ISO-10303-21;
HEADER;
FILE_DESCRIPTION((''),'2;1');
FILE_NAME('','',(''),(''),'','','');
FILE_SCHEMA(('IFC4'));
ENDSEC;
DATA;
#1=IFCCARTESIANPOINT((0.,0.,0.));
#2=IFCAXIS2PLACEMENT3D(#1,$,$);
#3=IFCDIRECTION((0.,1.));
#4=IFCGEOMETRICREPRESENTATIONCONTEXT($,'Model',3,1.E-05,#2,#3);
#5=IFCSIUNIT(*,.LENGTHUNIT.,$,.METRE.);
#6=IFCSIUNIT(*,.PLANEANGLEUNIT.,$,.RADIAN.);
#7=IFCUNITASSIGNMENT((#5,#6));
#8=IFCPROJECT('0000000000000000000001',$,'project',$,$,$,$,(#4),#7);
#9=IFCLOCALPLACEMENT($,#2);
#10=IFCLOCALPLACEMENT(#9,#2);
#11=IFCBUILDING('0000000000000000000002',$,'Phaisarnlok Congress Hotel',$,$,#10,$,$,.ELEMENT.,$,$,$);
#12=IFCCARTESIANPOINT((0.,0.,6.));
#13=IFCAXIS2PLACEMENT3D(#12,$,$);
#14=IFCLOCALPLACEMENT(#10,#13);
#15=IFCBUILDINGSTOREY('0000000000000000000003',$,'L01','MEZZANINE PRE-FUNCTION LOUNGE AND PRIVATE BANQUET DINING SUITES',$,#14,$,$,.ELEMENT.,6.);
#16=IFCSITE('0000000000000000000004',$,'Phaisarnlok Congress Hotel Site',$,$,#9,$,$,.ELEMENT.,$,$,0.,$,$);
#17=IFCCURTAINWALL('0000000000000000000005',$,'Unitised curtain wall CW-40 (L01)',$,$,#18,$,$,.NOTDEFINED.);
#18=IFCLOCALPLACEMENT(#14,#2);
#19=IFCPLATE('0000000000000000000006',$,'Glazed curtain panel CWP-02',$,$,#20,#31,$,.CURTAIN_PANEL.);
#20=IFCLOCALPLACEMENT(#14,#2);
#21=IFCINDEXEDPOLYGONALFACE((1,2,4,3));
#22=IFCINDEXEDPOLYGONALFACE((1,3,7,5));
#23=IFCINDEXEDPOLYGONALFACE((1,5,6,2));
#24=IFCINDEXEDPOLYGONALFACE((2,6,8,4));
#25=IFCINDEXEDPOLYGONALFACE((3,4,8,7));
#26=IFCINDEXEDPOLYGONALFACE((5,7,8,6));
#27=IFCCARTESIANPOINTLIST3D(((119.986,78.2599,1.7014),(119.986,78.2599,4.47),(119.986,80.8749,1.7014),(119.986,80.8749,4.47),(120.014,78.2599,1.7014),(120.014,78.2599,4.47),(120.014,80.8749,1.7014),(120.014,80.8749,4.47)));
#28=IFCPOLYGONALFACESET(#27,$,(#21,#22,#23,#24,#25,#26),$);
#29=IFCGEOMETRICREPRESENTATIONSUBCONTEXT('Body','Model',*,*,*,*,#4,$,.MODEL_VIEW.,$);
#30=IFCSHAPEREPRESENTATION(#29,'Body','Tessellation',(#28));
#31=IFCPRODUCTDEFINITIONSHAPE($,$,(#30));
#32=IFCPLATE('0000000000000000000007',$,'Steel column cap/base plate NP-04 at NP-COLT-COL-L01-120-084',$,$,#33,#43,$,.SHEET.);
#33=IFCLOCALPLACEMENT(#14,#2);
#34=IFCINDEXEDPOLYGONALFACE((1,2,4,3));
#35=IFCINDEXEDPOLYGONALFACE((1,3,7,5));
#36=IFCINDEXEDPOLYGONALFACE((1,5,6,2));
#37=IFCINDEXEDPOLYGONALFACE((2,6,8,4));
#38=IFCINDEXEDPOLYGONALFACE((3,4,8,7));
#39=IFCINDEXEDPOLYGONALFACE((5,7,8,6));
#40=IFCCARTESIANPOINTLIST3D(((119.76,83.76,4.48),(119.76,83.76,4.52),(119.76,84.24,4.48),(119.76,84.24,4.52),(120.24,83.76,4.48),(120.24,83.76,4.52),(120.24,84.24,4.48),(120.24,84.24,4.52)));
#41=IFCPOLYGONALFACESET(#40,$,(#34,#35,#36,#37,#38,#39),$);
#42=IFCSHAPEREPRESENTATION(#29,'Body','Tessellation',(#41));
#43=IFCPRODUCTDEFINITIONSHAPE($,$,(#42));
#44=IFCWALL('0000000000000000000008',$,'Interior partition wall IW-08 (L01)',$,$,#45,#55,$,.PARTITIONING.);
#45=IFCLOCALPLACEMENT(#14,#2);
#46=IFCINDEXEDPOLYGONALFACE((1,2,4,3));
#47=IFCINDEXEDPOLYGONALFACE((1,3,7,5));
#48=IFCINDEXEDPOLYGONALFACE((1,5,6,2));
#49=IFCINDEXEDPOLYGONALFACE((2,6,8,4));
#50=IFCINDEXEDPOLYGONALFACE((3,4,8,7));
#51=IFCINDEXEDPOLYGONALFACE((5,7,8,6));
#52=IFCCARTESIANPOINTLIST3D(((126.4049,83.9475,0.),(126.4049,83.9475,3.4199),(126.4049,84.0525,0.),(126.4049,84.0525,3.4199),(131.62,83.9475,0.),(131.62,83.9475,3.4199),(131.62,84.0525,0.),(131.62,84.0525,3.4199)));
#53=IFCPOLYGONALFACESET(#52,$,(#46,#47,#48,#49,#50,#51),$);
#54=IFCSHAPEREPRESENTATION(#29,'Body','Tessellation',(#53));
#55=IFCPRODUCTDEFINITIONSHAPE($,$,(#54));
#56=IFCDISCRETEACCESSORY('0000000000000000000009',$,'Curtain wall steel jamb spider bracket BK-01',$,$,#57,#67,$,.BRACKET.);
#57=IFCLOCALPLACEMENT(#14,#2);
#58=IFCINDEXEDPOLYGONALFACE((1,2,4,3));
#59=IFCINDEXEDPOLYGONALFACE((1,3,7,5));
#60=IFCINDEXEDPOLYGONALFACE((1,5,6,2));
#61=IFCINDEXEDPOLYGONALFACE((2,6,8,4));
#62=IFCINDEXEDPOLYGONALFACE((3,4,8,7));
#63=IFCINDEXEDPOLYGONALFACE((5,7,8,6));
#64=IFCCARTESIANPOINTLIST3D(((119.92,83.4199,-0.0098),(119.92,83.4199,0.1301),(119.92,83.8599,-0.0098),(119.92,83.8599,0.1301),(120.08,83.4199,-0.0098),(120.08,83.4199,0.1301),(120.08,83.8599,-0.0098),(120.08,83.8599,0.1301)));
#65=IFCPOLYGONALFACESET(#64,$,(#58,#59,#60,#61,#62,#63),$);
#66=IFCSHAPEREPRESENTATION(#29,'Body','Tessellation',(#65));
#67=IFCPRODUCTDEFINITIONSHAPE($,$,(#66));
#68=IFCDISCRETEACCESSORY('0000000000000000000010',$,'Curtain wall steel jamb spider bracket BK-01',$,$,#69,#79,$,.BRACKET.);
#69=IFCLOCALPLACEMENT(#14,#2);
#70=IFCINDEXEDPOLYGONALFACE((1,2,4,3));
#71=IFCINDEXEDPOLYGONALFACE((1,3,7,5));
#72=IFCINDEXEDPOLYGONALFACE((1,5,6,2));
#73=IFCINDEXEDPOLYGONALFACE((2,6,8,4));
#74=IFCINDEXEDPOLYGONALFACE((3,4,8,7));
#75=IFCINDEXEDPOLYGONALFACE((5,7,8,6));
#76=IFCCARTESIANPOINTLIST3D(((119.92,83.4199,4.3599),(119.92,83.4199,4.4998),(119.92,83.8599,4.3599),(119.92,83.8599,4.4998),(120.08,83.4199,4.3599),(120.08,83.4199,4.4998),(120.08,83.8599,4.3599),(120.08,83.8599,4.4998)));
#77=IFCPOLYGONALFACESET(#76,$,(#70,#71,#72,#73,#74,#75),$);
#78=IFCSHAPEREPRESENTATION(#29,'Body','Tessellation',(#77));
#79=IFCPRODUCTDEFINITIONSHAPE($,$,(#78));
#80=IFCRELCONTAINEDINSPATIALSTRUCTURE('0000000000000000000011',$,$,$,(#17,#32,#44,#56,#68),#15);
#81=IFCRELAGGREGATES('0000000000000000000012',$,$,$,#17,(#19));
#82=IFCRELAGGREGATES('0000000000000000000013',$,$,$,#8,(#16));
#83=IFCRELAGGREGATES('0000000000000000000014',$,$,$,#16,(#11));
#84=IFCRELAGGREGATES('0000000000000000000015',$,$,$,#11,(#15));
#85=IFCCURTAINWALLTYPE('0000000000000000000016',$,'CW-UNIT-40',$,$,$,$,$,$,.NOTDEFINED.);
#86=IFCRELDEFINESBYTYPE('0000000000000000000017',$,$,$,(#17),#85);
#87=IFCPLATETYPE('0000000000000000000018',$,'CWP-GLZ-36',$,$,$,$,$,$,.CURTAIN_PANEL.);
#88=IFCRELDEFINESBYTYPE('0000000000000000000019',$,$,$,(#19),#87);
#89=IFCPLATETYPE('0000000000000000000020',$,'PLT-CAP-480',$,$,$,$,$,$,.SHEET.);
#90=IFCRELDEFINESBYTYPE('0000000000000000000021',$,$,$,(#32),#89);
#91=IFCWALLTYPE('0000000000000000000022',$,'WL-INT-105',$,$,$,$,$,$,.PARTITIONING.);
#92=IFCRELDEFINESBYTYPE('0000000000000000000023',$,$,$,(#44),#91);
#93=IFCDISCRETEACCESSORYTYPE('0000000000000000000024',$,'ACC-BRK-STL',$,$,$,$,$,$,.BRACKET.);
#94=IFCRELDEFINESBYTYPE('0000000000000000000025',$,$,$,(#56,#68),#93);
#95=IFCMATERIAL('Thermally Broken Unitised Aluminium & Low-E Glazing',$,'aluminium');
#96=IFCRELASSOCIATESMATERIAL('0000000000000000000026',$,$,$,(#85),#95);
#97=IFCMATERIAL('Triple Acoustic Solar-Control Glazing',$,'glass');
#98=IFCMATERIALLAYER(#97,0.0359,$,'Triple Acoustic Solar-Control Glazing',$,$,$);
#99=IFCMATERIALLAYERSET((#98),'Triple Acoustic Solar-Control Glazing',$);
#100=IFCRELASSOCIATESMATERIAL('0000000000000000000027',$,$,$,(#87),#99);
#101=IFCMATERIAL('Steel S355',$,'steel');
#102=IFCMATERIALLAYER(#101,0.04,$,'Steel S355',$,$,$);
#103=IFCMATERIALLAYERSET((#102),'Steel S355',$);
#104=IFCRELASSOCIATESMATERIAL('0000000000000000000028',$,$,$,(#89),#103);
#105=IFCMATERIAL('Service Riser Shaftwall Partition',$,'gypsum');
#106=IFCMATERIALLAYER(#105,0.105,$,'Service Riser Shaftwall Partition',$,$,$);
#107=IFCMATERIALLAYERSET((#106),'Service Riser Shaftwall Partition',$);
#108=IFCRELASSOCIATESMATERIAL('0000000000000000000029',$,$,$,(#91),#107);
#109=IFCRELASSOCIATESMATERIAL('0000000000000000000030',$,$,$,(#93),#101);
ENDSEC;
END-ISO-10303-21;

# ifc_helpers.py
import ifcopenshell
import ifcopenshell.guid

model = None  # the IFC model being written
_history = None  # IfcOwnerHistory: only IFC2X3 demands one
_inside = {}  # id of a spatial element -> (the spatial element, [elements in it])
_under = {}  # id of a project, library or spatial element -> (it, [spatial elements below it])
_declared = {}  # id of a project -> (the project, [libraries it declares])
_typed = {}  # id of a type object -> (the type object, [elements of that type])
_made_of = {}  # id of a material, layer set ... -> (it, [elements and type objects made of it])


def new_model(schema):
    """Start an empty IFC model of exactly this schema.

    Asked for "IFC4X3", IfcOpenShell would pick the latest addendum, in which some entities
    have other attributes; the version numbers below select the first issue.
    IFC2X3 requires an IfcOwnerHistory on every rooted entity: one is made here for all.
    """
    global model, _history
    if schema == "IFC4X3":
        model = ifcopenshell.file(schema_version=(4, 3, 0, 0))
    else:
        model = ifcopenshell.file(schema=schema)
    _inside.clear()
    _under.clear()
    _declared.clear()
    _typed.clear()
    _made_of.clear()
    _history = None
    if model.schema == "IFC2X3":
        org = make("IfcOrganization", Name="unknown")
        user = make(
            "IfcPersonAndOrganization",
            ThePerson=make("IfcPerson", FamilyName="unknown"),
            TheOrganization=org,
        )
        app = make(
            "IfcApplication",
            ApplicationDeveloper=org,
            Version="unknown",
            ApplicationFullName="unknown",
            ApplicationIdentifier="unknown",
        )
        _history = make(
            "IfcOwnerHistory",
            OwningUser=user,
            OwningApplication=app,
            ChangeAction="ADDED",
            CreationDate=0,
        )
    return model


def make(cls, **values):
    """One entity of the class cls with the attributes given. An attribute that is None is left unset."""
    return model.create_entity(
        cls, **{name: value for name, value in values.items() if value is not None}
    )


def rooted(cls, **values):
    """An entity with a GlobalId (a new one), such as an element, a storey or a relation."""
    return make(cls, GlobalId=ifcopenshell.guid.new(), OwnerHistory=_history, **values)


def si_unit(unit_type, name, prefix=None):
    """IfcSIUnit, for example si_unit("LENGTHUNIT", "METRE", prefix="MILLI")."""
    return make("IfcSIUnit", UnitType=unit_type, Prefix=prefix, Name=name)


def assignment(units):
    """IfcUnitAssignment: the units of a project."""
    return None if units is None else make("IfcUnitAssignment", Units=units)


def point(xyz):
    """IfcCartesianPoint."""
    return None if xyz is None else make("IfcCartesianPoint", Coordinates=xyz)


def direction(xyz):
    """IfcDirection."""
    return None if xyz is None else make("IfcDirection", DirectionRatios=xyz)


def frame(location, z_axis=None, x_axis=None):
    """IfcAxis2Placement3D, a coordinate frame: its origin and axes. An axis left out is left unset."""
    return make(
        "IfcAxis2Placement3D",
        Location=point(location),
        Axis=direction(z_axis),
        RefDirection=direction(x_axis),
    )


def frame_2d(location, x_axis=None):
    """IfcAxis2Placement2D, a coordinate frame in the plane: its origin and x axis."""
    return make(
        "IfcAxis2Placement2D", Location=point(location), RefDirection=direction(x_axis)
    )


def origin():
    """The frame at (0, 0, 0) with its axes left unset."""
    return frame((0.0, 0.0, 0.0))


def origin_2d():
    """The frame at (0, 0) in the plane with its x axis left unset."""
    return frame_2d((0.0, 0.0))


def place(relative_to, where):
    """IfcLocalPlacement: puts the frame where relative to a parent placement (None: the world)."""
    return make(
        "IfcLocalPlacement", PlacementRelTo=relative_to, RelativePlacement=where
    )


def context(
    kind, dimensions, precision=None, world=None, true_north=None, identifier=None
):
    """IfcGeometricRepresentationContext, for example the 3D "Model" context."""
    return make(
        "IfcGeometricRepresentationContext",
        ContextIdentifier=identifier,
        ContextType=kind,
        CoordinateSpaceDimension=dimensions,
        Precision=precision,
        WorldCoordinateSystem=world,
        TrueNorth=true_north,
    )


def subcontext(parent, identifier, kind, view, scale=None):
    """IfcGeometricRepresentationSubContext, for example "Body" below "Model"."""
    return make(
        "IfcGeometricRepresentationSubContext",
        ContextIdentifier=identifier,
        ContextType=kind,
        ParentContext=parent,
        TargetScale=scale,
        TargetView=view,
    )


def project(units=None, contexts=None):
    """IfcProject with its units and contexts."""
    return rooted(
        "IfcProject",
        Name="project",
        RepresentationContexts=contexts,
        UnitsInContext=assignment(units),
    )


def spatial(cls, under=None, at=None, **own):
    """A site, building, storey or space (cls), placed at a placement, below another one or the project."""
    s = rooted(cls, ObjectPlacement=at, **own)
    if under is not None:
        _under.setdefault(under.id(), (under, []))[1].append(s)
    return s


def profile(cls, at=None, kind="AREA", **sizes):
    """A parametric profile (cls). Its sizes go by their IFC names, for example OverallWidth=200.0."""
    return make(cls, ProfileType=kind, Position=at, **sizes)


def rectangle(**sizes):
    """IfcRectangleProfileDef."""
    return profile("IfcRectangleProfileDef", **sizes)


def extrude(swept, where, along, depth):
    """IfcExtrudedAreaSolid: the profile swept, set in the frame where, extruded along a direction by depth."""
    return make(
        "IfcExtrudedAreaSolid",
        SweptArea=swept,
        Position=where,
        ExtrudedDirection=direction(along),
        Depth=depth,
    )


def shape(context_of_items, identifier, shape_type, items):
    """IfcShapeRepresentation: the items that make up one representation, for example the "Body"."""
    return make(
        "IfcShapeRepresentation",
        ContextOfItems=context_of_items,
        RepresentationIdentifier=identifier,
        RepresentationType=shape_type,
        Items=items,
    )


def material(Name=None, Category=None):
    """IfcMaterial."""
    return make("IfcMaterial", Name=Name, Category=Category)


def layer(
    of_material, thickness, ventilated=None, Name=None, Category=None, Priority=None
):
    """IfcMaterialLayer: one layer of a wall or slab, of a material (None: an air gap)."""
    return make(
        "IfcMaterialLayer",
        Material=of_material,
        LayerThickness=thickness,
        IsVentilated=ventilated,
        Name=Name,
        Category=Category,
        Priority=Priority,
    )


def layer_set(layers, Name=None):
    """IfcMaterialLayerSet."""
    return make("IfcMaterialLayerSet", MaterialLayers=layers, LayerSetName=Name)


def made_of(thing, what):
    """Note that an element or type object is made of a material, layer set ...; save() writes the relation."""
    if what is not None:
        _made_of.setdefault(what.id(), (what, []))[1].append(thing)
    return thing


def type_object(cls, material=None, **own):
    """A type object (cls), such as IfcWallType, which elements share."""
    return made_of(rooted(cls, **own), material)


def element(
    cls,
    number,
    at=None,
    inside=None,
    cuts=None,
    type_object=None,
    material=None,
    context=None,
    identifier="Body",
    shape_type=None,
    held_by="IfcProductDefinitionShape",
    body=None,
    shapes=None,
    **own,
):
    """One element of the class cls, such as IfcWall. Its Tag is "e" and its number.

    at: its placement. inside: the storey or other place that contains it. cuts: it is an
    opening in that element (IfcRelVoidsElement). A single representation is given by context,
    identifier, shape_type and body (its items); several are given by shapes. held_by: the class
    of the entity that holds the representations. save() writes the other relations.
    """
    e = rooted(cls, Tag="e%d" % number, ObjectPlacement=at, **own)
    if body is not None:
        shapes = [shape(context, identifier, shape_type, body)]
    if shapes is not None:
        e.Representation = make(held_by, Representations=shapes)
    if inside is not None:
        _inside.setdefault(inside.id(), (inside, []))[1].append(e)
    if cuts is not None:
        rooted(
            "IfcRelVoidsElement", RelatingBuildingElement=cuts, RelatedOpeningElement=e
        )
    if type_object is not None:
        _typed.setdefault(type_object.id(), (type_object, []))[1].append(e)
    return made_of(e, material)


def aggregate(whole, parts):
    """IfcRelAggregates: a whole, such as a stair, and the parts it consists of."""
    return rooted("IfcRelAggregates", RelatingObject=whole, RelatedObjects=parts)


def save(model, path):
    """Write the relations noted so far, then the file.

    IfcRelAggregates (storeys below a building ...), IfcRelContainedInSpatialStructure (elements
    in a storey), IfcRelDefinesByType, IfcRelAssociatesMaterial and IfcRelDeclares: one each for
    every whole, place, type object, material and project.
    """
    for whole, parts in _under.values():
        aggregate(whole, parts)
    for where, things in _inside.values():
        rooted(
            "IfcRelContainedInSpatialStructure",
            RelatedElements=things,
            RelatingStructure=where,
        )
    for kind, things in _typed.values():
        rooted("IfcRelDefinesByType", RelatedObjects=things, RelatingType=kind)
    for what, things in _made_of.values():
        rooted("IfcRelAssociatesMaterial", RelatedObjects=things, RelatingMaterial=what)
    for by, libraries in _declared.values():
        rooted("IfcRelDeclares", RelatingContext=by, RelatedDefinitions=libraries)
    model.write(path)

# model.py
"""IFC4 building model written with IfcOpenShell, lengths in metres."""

from ifc_helpers import new_model, si_unit, direction, frame, frame_2d, origin, origin_2d, place, context, subcontext, project, spatial, rectangle, extrude, material, layer, layer_set, type_object, element, aggregate, save


model = new_model("IFC4")

# Units and contexts
model_context = context("Model", 3, precision=1e-05, world=origin(), true_north=direction((0.0, 1.0)))
body_context = subcontext(model_context, "Body", "Model", "MODEL_VIEW")
ifc_project = project(units=[si_unit("LENGTHUNIT", "METRE"), si_unit("PLANEANGLEUNIT", "RADIAN")], contexts=[model_context])

# Site, building, storey
site_placement = place(None, origin())
site = spatial("IfcSite", under=ifc_project, at=site_placement, Name="Phaisarnlok Congress Hotel Site", CompositionType="ELEMENT", RefElevation=0.0)
building_placement = place(site_placement, origin())
building = spatial("IfcBuilding", under=site, at=building_placement, Name="Phaisarnlok Congress Hotel", CompositionType="ELEMENT")
storey_placement = place(building_placement, frame((0.0, 0.0, 6.0)))
storey = spatial("IfcBuildingStorey", under=building, at=storey_placement, Name="L01", Description="MEZZANINE PRE-FUNCTION LOUNGE AND PRIVATE BANQUET DINING SUITES", CompositionType="ELEMENT", Elevation=6.0)

# Shared definitions
ifc_material_1 = material(Name="Steel S355", Category="steel")

# Curtain wall
ifc_material_2 = material(Name="Thermally Broken Unitised Aluminium & Low-E Glazing", Category="aluminium")
curtain_wall_type = type_object("IfcCurtainWallType", Name="CW-UNIT-40", PredefinedType="NOTDEFINED", material=ifc_material_2)
curtain_wall_placement = place(storey_placement, origin())
curtain_wall = element("IfcCurtainWall", 1, at=curtain_wall_placement, inside=storey, type_object=curtain_wall_type, Name="Unitised curtain wall CW-40 (L01)", PredefinedType="NOTDEFINED")

# Plates
ifc_material_3 = material(Name="Triple Acoustic Solar-Control Glazing", Category="glass")
ifc_layer_1 = layer(ifc_material_3, 0.0359, Name="Triple Acoustic Solar-Control Glazing")
ifc_layer_set_1 = layer_set([ifc_layer_1], Name="Triple Acoustic Solar-Control Glazing")
plate_type_1 = type_object("IfcPlateType", Name="CWP-GLZ-36", PredefinedType="CURTAIN_PANEL", material=ifc_layer_set_1)
plate_1_placement = place(storey_placement, frame((120.0, 80.875, 1.7014), z_axis=(0.0, 0.0, 1.0), x_axis=(0.0, -1.0, 0.0)))
plate_1 = element("IfcPlate", 2, at=plate_1_placement, type_object=plate_type_1, Name="Glazed curtain panel CWP-02", PredefinedType="CURTAIN_PANEL", context=body_context, shape_type="SweptSolid", body=[
    extrude(rectangle(XDim=2.615, YDim=0.0281, at=frame_2d((1.3076, 0.0))), origin(), (0.0, 0.0, 1.0), 2.7686),
])
aggregate(curtain_wall, [plate_1])
ifc_layer_2 = layer(ifc_material_1, 0.04, Name="Steel S355")
ifc_layer_set_2 = layer_set([ifc_layer_2], Name="Steel S355")
plate_type_2 = type_object("IfcPlateType", Name="PLT-CAP-480", PredefinedType="SHEET", material=ifc_layer_set_2)
plate_2_placement = place(storey_placement, frame((120.0, 84.0, 4.48), z_axis=(0.0, 0.0, 1.0), x_axis=(1.0, 0.0, 0.0)))
element("IfcPlate", 3, at=plate_2_placement, inside=storey, type_object=plate_type_2, Name="Steel column cap/base plate NP-04 at NP-COLT-COL-L01-120-084", PredefinedType="SHEET", context=body_context, shape_type="SweptSolid", body=[
    extrude(rectangle(XDim=0.48, YDim=0.48, at=origin_2d()), origin(), (0.0, 0.0, 1.0), 0.04),
])

# Wall
ifc_material_4 = material(Name="Service Riser Shaftwall Partition", Category="gypsum")
ifc_layer_3 = layer(ifc_material_4, 0.105, Name="Service Riser Shaftwall Partition")
ifc_layer_set_3 = layer_set([ifc_layer_3], Name="Service Riser Shaftwall Partition")
wall_type = type_object("IfcWallType", Name="WL-INT-105", PredefinedType="PARTITIONING", material=ifc_layer_set_3)
wall_placement = place(storey_placement, frame((126.405, 84.0, 0.0), z_axis=(0.0, 0.0, 1.0), x_axis=(1.0, 0.0, 0.0)))
element("IfcWall", 4, at=wall_placement, inside=storey, type_object=wall_type, Name="Interior partition wall IW-08 (L01)", PredefinedType="PARTITIONING", context=body_context, shape_type="SweptSolid", body=[
    extrude(rectangle(XDim=5.2151, YDim=0.105, at=frame_2d((2.6074, 0.0))), origin(), (0.0, 0.0, 1.0), 3.4199),
])

# Discrete accessories
discrete_accessory_type = type_object("IfcDiscreteAccessoryType", Name="ACC-BRK-STL", PredefinedType="BRACKET", material=ifc_material_1)
for number, where, z_axis, x_axis, name in (
    (5, (120.0, 83.6399, -0.0098), (0.0, 0.0, 1.0), (1.0, 0.0, 0.0), "Curtain wall steel jamb spider bracket BK-01"),
    (6, (120.0, 83.6399, 4.3599), (0.0, 0.0, 1.0), (1.0, 0.0, 0.0), "Curtain wall steel jamb spider bracket BK-01"),
):
    element("IfcDiscreteAccessory", number, at=place(storey_placement, frame(where, z_axis=z_axis, x_axis=x_axis)), inside=storey, type_object=discrete_accessory_type, Name=name, PredefinedType="BRACKET", context=body_context, shape_type="SweptSolid", body=[
        extrude(rectangle(XDim=0.1599, YDim=0.4399, at=origin_2d()), origin(), (0.0, 0.0, 1.0), 0.1399),
    ])

save(model, "model.ifc")
